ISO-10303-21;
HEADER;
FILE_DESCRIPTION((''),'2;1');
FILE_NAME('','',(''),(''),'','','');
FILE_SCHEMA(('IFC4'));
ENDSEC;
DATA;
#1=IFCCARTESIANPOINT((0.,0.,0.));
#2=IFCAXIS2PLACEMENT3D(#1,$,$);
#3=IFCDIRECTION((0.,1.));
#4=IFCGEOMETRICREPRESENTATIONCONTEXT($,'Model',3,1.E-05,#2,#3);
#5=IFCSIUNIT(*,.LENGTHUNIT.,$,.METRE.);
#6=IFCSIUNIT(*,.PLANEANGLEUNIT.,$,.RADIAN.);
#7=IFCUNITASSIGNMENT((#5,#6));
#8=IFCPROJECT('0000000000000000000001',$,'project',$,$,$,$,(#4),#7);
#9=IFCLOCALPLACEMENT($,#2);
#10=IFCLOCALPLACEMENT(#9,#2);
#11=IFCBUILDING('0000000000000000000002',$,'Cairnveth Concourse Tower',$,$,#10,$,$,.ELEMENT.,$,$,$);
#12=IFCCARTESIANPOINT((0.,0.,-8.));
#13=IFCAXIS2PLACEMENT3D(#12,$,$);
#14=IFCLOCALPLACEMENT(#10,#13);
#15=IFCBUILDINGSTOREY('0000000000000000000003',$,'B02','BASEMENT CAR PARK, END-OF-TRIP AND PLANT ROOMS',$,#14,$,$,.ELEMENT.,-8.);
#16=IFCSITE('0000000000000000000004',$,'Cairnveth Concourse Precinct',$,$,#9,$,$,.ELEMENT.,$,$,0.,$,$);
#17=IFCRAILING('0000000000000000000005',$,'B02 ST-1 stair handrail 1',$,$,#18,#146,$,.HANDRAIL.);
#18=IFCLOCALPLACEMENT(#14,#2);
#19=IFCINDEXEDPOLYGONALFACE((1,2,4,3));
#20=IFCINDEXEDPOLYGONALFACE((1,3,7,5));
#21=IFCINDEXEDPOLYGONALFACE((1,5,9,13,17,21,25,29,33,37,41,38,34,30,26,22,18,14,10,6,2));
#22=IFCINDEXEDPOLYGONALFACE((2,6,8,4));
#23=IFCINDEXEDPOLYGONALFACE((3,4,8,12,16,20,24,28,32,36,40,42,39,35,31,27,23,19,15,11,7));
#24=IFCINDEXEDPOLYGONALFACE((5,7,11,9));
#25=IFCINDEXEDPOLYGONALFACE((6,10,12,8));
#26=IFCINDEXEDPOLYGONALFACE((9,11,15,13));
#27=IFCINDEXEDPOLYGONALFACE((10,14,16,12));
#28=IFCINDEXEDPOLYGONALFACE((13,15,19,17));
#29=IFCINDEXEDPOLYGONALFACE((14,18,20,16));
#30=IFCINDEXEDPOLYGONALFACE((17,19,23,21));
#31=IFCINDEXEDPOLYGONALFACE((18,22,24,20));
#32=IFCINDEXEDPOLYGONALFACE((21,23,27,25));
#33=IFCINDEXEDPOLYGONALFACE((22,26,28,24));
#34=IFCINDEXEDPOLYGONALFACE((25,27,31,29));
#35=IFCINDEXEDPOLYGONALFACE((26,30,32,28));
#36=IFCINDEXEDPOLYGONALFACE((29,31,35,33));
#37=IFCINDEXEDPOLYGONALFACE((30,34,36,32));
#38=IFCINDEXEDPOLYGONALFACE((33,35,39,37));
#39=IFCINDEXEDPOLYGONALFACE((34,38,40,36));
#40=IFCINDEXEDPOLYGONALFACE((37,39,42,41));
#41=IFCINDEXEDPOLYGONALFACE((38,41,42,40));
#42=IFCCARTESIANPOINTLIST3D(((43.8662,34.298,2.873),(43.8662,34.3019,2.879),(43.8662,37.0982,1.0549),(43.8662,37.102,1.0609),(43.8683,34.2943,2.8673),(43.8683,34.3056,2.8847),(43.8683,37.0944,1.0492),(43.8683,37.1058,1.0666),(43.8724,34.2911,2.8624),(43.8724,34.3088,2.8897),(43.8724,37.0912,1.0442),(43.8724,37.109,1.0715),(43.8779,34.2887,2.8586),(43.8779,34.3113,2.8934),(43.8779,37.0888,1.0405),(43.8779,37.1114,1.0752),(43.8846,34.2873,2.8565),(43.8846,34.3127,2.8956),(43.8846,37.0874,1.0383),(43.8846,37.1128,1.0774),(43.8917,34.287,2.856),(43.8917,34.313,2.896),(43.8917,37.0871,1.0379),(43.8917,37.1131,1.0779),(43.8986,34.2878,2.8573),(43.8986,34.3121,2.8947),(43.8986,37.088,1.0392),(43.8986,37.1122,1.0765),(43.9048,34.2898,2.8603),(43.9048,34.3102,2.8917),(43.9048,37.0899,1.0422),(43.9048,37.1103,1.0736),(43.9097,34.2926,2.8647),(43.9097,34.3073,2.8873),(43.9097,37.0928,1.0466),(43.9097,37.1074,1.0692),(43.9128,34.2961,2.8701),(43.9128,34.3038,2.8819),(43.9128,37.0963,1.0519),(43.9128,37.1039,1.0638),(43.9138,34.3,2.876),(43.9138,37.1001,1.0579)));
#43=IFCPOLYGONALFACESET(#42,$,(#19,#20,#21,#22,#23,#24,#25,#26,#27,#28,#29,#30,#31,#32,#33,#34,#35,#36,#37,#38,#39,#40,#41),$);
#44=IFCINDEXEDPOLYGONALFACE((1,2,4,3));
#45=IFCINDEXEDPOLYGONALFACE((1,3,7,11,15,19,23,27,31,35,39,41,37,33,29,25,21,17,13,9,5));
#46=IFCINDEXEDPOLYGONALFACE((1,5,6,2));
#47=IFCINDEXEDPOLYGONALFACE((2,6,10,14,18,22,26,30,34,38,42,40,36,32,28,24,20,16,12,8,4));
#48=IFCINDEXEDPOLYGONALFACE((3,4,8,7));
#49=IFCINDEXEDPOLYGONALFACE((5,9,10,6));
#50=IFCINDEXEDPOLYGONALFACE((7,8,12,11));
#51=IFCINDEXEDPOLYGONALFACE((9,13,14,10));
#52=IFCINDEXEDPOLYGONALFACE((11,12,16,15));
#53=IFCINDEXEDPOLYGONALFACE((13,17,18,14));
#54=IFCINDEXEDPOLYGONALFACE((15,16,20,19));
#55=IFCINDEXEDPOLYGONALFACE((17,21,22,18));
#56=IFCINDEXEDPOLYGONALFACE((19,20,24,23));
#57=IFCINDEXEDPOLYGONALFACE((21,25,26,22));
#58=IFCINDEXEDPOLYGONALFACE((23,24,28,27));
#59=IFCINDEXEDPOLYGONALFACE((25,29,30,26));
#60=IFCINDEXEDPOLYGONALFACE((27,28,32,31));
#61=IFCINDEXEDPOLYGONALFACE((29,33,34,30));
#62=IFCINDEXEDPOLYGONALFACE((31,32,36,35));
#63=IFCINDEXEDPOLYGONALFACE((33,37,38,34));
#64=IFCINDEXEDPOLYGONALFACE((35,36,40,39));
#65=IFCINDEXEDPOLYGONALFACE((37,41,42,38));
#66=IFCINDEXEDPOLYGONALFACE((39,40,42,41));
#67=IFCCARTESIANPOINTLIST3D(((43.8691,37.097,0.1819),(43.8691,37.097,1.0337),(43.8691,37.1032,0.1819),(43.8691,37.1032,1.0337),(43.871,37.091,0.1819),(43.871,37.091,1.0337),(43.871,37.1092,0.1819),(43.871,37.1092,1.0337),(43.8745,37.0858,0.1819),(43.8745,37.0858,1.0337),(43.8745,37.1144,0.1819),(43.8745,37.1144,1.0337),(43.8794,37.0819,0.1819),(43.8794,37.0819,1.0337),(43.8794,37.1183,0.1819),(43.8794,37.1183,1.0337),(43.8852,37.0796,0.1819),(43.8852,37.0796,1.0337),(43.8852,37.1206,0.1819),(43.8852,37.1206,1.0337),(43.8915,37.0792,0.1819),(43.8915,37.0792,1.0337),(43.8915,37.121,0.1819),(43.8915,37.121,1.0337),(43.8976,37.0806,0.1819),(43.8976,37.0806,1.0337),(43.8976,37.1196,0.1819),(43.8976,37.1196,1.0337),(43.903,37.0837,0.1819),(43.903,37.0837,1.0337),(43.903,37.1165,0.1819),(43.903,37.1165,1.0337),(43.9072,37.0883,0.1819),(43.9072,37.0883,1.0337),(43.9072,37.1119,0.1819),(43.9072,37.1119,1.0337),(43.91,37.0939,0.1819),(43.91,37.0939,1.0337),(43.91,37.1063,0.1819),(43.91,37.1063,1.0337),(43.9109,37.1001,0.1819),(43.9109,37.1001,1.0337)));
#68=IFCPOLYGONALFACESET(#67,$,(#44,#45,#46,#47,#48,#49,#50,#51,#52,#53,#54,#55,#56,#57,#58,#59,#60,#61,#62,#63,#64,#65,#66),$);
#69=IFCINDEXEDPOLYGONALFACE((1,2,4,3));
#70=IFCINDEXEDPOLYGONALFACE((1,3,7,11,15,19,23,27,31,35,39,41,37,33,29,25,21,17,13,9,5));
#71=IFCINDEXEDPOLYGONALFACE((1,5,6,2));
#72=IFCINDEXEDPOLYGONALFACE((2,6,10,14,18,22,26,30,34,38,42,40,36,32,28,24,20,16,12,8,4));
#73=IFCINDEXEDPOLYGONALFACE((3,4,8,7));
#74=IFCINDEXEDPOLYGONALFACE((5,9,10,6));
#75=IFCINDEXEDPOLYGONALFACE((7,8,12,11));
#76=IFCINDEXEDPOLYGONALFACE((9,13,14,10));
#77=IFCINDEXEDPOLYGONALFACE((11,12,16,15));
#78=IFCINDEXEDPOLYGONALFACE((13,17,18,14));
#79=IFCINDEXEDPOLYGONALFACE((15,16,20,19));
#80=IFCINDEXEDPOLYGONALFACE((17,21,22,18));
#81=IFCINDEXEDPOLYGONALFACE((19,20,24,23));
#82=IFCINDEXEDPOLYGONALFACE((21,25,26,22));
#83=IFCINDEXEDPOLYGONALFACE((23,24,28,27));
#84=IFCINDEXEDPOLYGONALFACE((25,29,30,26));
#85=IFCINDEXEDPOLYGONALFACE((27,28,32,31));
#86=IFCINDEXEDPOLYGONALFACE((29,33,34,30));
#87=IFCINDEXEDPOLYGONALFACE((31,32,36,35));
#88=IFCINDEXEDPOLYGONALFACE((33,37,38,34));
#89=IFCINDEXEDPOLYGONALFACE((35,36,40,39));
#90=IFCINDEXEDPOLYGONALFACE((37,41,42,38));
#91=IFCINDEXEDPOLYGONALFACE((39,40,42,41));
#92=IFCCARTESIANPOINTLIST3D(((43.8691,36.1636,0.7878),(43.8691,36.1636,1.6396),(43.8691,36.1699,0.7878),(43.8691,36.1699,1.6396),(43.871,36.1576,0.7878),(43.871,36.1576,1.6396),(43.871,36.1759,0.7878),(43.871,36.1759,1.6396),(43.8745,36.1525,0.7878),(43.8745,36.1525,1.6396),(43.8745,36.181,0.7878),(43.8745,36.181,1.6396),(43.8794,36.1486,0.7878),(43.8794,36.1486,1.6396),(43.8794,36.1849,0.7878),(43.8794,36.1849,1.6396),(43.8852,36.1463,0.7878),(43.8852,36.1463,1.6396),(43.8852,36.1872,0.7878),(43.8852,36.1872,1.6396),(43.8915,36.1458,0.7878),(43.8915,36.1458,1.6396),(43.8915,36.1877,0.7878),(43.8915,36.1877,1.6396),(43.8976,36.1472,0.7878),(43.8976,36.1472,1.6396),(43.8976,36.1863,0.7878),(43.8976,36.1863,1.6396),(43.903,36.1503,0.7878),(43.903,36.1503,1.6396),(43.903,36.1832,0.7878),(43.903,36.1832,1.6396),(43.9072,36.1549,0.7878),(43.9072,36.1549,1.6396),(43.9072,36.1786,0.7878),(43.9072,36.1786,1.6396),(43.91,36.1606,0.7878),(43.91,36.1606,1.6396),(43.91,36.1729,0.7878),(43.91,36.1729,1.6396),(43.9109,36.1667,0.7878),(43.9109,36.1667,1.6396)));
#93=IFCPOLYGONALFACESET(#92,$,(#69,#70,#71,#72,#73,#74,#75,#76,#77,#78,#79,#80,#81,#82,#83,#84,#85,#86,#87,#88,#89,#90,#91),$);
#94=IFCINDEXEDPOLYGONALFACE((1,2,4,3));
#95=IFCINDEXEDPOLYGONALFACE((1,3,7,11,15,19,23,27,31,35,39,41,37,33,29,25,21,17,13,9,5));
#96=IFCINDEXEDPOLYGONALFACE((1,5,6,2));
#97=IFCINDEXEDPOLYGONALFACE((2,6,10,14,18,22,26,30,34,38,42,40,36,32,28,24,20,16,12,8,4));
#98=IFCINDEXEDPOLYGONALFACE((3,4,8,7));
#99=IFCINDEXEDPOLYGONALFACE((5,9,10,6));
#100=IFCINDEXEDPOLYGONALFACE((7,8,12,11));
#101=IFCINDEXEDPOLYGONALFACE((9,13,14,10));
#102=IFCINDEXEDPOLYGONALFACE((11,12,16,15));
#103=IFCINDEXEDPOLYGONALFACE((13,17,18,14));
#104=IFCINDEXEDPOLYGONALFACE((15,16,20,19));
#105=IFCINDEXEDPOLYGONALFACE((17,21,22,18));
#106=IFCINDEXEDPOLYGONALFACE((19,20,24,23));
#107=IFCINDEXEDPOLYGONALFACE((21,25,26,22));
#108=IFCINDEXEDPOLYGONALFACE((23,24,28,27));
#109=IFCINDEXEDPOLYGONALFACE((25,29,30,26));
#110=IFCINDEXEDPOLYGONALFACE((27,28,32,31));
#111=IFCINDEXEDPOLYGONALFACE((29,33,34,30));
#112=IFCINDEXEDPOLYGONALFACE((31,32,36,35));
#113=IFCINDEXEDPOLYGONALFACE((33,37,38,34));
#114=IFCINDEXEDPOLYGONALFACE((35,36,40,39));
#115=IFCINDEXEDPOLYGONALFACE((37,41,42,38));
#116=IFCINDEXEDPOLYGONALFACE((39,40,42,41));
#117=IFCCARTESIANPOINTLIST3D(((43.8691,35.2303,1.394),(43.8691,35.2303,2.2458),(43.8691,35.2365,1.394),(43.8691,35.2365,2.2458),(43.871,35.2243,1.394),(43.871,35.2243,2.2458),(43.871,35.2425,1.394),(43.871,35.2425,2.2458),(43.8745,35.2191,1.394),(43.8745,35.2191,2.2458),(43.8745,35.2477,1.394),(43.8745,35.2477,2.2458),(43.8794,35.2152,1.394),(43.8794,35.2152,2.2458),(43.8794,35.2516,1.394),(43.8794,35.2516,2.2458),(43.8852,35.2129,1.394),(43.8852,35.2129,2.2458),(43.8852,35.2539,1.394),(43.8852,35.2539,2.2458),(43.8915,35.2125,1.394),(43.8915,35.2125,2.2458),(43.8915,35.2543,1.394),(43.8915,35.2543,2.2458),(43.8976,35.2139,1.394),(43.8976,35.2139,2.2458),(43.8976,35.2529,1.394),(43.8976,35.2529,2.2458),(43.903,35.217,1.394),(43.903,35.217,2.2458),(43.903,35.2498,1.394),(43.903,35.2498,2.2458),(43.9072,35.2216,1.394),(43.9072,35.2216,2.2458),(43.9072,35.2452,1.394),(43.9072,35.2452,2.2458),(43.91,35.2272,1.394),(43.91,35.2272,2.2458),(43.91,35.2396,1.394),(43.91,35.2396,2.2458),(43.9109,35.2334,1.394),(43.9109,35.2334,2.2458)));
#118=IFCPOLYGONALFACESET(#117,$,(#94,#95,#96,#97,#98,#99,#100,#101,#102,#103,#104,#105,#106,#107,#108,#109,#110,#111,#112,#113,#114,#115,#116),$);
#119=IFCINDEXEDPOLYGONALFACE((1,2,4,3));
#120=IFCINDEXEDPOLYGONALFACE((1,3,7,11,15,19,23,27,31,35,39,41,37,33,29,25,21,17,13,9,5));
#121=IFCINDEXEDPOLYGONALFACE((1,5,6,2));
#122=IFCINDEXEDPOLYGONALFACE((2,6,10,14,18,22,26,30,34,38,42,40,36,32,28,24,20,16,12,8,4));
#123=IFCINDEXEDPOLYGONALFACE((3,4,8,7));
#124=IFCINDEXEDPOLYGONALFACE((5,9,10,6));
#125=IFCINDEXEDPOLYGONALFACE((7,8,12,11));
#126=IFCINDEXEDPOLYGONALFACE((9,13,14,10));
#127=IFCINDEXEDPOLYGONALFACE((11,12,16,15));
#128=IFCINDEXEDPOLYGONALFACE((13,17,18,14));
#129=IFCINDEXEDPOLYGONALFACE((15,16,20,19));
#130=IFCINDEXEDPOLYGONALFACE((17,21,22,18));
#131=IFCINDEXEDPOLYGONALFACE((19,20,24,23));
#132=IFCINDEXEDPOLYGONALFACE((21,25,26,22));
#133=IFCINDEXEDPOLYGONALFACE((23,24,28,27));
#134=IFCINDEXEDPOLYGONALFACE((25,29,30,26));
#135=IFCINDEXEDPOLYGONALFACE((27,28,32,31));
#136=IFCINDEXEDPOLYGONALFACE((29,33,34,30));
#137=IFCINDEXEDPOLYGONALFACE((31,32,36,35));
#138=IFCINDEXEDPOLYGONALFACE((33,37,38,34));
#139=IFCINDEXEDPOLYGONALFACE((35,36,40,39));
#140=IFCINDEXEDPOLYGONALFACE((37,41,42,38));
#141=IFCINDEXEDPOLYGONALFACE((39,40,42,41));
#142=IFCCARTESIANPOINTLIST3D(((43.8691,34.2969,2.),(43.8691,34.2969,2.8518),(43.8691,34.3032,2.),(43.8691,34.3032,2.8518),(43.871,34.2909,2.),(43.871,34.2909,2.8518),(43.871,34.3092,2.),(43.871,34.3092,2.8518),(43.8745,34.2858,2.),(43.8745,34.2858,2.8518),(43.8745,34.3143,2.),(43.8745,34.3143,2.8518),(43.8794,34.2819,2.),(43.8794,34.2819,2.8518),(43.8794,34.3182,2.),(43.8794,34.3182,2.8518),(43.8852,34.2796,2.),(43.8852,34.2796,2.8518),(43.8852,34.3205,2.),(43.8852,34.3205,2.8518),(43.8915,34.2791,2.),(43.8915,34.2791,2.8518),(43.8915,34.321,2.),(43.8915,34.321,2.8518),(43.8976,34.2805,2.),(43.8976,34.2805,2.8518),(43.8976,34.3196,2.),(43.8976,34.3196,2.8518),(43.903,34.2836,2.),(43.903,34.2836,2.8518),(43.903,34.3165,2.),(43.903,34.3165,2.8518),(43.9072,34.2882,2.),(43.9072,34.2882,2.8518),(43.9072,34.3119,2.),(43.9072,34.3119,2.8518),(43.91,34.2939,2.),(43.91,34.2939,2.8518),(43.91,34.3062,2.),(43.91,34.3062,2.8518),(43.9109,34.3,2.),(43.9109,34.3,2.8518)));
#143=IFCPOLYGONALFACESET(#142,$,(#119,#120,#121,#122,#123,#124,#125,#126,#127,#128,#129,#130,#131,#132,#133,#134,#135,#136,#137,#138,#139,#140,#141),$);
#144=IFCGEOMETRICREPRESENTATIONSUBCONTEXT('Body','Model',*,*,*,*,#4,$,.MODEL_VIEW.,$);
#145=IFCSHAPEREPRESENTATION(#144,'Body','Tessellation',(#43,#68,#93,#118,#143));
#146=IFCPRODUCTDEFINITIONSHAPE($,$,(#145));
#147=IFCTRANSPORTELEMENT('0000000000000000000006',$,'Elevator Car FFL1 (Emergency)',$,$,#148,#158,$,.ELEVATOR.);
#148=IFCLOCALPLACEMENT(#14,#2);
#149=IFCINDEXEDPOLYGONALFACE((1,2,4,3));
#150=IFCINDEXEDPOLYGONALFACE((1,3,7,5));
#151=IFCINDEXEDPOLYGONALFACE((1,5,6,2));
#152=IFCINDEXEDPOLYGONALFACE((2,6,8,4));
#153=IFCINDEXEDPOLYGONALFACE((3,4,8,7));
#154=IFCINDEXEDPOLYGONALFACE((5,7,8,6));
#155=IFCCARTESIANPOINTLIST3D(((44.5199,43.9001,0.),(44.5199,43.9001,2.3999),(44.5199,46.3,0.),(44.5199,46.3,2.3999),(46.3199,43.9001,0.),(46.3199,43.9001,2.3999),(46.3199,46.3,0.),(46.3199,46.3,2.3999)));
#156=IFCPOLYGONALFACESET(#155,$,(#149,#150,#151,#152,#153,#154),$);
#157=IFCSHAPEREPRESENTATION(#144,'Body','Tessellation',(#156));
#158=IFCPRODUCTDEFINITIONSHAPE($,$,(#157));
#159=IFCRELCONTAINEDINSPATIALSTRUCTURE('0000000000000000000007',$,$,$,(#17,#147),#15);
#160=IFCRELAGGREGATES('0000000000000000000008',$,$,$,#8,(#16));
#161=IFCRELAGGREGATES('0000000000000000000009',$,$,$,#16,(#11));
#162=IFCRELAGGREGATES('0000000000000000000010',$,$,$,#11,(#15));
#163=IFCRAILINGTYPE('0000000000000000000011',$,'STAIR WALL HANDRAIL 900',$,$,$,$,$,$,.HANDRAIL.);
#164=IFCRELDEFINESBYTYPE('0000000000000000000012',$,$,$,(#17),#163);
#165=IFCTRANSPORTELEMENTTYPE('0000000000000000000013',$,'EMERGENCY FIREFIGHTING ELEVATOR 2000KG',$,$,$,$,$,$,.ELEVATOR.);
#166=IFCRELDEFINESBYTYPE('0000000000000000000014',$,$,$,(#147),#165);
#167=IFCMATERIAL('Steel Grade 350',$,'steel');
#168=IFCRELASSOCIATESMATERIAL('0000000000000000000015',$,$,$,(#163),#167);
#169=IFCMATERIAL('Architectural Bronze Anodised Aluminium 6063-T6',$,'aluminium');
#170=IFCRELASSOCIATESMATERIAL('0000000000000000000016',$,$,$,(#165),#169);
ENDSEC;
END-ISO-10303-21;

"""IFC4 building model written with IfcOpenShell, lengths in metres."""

from ifc_helpers import new_model, si_unit, direction, frame, origin, origin_2d, place, context, subcontext, project, spatial, rectangle, circle, extrude, material, type_object, element, save


model = new_model("IFC4")

# Units and contexts
model_context = context("Model", 3, precision=1e-05, world=origin(), true_north=direction((0.0, 1.0)))
body_context = subcontext(model_context, "Body", "Model", "MODEL_VIEW")
ifc_project = project(units=[si_unit("LENGTHUNIT", "METRE"), si_unit("PLANEANGLEUNIT", "RADIAN")], contexts=[model_context])

# Site, building, storey
site_placement = place(None, origin())
site = spatial("IfcSite", under=ifc_project, at=site_placement, Name="Cairnveth Concourse Precinct", CompositionType="ELEMENT", RefElevation=0.0)
building_placement = place(site_placement, origin())
building = spatial("IfcBuilding", under=site, at=building_placement, Name="Cairnveth Concourse Tower", CompositionType="ELEMENT")
storey_placement = place(building_placement, frame((0.0, 0.0, -8.0)))
storey = spatial("IfcBuildingStorey", under=building, at=storey_placement, Name="B02", Description="BASEMENT CAR PARK, END-OF-TRIP AND PLANT ROOMS", CompositionType="ELEMENT", Elevation=-8.0)

# Shared definitions
ifc_material_1 = material(Name="Steel Grade 350", Category="steel")

# Shared definitions
ifc_material_2 = material(Name="Architectural Bronze Anodised Aluminium 6063-T6", Category="aluminium")

# Railing
railing_type_1 = type_object("IfcRailingType", Name="STAIR WALL HANDRAIL 900", PredefinedType="HANDRAIL", material=ifc_material_1)
railing_1_placement = place(storey_placement, frame((43.8899, 37.1001, 0.1819)))
element("IfcRailing", 1, at=railing_1_placement, inside=storey, type_object=railing_type_1, Name="B02 ST-1 stair handrail 1", PredefinedType="HANDRAIL", context=body_context, shape_type="SweptSolid", body=[
    extrude(circle(Radius=0.0239, at=origin_2d()), frame((0.0, 0.0, 0.876), z_axis=(0.0, -0.838706, 0.544585), x_axis=(1.0, 0.0, 0.0)), (0.0, 0.0, 1.0), 3.3386),
    extrude(circle(Radius=0.021, at=origin_2d()), origin(), (0.0, 0.0, 1.0), 0.8518),
    extrude(circle(Radius=0.021, at=origin_2d()), frame((0.0, -0.9333, 0.606)), (0.0, 0.0, 1.0), 0.8518),
    extrude(circle(Radius=0.021, at=origin_2d()), frame((0.0, -1.8667, 1.2122)), (0.0, 0.0, 1.0), 0.8518),
    extrude(circle(Radius=0.021, at=origin_2d()), frame((0.0, -2.8, 1.8181)), (0.0, 0.0, 1.0), 0.8518),
])

# Transport element
transport_element_type = type_object("IfcTransportElementType", Name="EMERGENCY FIREFIGHTING ELEVATOR 2000KG", PredefinedType="ELEVATOR", material=ifc_material_2)
transport_element_placement = place(storey_placement, frame((45.4199, 45.1001, 0.0), z_axis=(0.0, 0.0, 1.0), x_axis=(1.0, 0.0, 0.0)))
element("IfcTransportElement", 2, at=transport_element_placement, inside=storey, type_object=transport_element_type, Name="Elevator Car FFL1 (Emergency)", PredefinedType="ELEVATOR", context=body_context, shape_type="SweptSolid", body=[
    extrude(rectangle(XDim=1.8, YDim=2.3999, at=origin_2d()), origin(), (0.0, 0.0, 1.0), 2.3999),
])

save(model, "model.ifc")
